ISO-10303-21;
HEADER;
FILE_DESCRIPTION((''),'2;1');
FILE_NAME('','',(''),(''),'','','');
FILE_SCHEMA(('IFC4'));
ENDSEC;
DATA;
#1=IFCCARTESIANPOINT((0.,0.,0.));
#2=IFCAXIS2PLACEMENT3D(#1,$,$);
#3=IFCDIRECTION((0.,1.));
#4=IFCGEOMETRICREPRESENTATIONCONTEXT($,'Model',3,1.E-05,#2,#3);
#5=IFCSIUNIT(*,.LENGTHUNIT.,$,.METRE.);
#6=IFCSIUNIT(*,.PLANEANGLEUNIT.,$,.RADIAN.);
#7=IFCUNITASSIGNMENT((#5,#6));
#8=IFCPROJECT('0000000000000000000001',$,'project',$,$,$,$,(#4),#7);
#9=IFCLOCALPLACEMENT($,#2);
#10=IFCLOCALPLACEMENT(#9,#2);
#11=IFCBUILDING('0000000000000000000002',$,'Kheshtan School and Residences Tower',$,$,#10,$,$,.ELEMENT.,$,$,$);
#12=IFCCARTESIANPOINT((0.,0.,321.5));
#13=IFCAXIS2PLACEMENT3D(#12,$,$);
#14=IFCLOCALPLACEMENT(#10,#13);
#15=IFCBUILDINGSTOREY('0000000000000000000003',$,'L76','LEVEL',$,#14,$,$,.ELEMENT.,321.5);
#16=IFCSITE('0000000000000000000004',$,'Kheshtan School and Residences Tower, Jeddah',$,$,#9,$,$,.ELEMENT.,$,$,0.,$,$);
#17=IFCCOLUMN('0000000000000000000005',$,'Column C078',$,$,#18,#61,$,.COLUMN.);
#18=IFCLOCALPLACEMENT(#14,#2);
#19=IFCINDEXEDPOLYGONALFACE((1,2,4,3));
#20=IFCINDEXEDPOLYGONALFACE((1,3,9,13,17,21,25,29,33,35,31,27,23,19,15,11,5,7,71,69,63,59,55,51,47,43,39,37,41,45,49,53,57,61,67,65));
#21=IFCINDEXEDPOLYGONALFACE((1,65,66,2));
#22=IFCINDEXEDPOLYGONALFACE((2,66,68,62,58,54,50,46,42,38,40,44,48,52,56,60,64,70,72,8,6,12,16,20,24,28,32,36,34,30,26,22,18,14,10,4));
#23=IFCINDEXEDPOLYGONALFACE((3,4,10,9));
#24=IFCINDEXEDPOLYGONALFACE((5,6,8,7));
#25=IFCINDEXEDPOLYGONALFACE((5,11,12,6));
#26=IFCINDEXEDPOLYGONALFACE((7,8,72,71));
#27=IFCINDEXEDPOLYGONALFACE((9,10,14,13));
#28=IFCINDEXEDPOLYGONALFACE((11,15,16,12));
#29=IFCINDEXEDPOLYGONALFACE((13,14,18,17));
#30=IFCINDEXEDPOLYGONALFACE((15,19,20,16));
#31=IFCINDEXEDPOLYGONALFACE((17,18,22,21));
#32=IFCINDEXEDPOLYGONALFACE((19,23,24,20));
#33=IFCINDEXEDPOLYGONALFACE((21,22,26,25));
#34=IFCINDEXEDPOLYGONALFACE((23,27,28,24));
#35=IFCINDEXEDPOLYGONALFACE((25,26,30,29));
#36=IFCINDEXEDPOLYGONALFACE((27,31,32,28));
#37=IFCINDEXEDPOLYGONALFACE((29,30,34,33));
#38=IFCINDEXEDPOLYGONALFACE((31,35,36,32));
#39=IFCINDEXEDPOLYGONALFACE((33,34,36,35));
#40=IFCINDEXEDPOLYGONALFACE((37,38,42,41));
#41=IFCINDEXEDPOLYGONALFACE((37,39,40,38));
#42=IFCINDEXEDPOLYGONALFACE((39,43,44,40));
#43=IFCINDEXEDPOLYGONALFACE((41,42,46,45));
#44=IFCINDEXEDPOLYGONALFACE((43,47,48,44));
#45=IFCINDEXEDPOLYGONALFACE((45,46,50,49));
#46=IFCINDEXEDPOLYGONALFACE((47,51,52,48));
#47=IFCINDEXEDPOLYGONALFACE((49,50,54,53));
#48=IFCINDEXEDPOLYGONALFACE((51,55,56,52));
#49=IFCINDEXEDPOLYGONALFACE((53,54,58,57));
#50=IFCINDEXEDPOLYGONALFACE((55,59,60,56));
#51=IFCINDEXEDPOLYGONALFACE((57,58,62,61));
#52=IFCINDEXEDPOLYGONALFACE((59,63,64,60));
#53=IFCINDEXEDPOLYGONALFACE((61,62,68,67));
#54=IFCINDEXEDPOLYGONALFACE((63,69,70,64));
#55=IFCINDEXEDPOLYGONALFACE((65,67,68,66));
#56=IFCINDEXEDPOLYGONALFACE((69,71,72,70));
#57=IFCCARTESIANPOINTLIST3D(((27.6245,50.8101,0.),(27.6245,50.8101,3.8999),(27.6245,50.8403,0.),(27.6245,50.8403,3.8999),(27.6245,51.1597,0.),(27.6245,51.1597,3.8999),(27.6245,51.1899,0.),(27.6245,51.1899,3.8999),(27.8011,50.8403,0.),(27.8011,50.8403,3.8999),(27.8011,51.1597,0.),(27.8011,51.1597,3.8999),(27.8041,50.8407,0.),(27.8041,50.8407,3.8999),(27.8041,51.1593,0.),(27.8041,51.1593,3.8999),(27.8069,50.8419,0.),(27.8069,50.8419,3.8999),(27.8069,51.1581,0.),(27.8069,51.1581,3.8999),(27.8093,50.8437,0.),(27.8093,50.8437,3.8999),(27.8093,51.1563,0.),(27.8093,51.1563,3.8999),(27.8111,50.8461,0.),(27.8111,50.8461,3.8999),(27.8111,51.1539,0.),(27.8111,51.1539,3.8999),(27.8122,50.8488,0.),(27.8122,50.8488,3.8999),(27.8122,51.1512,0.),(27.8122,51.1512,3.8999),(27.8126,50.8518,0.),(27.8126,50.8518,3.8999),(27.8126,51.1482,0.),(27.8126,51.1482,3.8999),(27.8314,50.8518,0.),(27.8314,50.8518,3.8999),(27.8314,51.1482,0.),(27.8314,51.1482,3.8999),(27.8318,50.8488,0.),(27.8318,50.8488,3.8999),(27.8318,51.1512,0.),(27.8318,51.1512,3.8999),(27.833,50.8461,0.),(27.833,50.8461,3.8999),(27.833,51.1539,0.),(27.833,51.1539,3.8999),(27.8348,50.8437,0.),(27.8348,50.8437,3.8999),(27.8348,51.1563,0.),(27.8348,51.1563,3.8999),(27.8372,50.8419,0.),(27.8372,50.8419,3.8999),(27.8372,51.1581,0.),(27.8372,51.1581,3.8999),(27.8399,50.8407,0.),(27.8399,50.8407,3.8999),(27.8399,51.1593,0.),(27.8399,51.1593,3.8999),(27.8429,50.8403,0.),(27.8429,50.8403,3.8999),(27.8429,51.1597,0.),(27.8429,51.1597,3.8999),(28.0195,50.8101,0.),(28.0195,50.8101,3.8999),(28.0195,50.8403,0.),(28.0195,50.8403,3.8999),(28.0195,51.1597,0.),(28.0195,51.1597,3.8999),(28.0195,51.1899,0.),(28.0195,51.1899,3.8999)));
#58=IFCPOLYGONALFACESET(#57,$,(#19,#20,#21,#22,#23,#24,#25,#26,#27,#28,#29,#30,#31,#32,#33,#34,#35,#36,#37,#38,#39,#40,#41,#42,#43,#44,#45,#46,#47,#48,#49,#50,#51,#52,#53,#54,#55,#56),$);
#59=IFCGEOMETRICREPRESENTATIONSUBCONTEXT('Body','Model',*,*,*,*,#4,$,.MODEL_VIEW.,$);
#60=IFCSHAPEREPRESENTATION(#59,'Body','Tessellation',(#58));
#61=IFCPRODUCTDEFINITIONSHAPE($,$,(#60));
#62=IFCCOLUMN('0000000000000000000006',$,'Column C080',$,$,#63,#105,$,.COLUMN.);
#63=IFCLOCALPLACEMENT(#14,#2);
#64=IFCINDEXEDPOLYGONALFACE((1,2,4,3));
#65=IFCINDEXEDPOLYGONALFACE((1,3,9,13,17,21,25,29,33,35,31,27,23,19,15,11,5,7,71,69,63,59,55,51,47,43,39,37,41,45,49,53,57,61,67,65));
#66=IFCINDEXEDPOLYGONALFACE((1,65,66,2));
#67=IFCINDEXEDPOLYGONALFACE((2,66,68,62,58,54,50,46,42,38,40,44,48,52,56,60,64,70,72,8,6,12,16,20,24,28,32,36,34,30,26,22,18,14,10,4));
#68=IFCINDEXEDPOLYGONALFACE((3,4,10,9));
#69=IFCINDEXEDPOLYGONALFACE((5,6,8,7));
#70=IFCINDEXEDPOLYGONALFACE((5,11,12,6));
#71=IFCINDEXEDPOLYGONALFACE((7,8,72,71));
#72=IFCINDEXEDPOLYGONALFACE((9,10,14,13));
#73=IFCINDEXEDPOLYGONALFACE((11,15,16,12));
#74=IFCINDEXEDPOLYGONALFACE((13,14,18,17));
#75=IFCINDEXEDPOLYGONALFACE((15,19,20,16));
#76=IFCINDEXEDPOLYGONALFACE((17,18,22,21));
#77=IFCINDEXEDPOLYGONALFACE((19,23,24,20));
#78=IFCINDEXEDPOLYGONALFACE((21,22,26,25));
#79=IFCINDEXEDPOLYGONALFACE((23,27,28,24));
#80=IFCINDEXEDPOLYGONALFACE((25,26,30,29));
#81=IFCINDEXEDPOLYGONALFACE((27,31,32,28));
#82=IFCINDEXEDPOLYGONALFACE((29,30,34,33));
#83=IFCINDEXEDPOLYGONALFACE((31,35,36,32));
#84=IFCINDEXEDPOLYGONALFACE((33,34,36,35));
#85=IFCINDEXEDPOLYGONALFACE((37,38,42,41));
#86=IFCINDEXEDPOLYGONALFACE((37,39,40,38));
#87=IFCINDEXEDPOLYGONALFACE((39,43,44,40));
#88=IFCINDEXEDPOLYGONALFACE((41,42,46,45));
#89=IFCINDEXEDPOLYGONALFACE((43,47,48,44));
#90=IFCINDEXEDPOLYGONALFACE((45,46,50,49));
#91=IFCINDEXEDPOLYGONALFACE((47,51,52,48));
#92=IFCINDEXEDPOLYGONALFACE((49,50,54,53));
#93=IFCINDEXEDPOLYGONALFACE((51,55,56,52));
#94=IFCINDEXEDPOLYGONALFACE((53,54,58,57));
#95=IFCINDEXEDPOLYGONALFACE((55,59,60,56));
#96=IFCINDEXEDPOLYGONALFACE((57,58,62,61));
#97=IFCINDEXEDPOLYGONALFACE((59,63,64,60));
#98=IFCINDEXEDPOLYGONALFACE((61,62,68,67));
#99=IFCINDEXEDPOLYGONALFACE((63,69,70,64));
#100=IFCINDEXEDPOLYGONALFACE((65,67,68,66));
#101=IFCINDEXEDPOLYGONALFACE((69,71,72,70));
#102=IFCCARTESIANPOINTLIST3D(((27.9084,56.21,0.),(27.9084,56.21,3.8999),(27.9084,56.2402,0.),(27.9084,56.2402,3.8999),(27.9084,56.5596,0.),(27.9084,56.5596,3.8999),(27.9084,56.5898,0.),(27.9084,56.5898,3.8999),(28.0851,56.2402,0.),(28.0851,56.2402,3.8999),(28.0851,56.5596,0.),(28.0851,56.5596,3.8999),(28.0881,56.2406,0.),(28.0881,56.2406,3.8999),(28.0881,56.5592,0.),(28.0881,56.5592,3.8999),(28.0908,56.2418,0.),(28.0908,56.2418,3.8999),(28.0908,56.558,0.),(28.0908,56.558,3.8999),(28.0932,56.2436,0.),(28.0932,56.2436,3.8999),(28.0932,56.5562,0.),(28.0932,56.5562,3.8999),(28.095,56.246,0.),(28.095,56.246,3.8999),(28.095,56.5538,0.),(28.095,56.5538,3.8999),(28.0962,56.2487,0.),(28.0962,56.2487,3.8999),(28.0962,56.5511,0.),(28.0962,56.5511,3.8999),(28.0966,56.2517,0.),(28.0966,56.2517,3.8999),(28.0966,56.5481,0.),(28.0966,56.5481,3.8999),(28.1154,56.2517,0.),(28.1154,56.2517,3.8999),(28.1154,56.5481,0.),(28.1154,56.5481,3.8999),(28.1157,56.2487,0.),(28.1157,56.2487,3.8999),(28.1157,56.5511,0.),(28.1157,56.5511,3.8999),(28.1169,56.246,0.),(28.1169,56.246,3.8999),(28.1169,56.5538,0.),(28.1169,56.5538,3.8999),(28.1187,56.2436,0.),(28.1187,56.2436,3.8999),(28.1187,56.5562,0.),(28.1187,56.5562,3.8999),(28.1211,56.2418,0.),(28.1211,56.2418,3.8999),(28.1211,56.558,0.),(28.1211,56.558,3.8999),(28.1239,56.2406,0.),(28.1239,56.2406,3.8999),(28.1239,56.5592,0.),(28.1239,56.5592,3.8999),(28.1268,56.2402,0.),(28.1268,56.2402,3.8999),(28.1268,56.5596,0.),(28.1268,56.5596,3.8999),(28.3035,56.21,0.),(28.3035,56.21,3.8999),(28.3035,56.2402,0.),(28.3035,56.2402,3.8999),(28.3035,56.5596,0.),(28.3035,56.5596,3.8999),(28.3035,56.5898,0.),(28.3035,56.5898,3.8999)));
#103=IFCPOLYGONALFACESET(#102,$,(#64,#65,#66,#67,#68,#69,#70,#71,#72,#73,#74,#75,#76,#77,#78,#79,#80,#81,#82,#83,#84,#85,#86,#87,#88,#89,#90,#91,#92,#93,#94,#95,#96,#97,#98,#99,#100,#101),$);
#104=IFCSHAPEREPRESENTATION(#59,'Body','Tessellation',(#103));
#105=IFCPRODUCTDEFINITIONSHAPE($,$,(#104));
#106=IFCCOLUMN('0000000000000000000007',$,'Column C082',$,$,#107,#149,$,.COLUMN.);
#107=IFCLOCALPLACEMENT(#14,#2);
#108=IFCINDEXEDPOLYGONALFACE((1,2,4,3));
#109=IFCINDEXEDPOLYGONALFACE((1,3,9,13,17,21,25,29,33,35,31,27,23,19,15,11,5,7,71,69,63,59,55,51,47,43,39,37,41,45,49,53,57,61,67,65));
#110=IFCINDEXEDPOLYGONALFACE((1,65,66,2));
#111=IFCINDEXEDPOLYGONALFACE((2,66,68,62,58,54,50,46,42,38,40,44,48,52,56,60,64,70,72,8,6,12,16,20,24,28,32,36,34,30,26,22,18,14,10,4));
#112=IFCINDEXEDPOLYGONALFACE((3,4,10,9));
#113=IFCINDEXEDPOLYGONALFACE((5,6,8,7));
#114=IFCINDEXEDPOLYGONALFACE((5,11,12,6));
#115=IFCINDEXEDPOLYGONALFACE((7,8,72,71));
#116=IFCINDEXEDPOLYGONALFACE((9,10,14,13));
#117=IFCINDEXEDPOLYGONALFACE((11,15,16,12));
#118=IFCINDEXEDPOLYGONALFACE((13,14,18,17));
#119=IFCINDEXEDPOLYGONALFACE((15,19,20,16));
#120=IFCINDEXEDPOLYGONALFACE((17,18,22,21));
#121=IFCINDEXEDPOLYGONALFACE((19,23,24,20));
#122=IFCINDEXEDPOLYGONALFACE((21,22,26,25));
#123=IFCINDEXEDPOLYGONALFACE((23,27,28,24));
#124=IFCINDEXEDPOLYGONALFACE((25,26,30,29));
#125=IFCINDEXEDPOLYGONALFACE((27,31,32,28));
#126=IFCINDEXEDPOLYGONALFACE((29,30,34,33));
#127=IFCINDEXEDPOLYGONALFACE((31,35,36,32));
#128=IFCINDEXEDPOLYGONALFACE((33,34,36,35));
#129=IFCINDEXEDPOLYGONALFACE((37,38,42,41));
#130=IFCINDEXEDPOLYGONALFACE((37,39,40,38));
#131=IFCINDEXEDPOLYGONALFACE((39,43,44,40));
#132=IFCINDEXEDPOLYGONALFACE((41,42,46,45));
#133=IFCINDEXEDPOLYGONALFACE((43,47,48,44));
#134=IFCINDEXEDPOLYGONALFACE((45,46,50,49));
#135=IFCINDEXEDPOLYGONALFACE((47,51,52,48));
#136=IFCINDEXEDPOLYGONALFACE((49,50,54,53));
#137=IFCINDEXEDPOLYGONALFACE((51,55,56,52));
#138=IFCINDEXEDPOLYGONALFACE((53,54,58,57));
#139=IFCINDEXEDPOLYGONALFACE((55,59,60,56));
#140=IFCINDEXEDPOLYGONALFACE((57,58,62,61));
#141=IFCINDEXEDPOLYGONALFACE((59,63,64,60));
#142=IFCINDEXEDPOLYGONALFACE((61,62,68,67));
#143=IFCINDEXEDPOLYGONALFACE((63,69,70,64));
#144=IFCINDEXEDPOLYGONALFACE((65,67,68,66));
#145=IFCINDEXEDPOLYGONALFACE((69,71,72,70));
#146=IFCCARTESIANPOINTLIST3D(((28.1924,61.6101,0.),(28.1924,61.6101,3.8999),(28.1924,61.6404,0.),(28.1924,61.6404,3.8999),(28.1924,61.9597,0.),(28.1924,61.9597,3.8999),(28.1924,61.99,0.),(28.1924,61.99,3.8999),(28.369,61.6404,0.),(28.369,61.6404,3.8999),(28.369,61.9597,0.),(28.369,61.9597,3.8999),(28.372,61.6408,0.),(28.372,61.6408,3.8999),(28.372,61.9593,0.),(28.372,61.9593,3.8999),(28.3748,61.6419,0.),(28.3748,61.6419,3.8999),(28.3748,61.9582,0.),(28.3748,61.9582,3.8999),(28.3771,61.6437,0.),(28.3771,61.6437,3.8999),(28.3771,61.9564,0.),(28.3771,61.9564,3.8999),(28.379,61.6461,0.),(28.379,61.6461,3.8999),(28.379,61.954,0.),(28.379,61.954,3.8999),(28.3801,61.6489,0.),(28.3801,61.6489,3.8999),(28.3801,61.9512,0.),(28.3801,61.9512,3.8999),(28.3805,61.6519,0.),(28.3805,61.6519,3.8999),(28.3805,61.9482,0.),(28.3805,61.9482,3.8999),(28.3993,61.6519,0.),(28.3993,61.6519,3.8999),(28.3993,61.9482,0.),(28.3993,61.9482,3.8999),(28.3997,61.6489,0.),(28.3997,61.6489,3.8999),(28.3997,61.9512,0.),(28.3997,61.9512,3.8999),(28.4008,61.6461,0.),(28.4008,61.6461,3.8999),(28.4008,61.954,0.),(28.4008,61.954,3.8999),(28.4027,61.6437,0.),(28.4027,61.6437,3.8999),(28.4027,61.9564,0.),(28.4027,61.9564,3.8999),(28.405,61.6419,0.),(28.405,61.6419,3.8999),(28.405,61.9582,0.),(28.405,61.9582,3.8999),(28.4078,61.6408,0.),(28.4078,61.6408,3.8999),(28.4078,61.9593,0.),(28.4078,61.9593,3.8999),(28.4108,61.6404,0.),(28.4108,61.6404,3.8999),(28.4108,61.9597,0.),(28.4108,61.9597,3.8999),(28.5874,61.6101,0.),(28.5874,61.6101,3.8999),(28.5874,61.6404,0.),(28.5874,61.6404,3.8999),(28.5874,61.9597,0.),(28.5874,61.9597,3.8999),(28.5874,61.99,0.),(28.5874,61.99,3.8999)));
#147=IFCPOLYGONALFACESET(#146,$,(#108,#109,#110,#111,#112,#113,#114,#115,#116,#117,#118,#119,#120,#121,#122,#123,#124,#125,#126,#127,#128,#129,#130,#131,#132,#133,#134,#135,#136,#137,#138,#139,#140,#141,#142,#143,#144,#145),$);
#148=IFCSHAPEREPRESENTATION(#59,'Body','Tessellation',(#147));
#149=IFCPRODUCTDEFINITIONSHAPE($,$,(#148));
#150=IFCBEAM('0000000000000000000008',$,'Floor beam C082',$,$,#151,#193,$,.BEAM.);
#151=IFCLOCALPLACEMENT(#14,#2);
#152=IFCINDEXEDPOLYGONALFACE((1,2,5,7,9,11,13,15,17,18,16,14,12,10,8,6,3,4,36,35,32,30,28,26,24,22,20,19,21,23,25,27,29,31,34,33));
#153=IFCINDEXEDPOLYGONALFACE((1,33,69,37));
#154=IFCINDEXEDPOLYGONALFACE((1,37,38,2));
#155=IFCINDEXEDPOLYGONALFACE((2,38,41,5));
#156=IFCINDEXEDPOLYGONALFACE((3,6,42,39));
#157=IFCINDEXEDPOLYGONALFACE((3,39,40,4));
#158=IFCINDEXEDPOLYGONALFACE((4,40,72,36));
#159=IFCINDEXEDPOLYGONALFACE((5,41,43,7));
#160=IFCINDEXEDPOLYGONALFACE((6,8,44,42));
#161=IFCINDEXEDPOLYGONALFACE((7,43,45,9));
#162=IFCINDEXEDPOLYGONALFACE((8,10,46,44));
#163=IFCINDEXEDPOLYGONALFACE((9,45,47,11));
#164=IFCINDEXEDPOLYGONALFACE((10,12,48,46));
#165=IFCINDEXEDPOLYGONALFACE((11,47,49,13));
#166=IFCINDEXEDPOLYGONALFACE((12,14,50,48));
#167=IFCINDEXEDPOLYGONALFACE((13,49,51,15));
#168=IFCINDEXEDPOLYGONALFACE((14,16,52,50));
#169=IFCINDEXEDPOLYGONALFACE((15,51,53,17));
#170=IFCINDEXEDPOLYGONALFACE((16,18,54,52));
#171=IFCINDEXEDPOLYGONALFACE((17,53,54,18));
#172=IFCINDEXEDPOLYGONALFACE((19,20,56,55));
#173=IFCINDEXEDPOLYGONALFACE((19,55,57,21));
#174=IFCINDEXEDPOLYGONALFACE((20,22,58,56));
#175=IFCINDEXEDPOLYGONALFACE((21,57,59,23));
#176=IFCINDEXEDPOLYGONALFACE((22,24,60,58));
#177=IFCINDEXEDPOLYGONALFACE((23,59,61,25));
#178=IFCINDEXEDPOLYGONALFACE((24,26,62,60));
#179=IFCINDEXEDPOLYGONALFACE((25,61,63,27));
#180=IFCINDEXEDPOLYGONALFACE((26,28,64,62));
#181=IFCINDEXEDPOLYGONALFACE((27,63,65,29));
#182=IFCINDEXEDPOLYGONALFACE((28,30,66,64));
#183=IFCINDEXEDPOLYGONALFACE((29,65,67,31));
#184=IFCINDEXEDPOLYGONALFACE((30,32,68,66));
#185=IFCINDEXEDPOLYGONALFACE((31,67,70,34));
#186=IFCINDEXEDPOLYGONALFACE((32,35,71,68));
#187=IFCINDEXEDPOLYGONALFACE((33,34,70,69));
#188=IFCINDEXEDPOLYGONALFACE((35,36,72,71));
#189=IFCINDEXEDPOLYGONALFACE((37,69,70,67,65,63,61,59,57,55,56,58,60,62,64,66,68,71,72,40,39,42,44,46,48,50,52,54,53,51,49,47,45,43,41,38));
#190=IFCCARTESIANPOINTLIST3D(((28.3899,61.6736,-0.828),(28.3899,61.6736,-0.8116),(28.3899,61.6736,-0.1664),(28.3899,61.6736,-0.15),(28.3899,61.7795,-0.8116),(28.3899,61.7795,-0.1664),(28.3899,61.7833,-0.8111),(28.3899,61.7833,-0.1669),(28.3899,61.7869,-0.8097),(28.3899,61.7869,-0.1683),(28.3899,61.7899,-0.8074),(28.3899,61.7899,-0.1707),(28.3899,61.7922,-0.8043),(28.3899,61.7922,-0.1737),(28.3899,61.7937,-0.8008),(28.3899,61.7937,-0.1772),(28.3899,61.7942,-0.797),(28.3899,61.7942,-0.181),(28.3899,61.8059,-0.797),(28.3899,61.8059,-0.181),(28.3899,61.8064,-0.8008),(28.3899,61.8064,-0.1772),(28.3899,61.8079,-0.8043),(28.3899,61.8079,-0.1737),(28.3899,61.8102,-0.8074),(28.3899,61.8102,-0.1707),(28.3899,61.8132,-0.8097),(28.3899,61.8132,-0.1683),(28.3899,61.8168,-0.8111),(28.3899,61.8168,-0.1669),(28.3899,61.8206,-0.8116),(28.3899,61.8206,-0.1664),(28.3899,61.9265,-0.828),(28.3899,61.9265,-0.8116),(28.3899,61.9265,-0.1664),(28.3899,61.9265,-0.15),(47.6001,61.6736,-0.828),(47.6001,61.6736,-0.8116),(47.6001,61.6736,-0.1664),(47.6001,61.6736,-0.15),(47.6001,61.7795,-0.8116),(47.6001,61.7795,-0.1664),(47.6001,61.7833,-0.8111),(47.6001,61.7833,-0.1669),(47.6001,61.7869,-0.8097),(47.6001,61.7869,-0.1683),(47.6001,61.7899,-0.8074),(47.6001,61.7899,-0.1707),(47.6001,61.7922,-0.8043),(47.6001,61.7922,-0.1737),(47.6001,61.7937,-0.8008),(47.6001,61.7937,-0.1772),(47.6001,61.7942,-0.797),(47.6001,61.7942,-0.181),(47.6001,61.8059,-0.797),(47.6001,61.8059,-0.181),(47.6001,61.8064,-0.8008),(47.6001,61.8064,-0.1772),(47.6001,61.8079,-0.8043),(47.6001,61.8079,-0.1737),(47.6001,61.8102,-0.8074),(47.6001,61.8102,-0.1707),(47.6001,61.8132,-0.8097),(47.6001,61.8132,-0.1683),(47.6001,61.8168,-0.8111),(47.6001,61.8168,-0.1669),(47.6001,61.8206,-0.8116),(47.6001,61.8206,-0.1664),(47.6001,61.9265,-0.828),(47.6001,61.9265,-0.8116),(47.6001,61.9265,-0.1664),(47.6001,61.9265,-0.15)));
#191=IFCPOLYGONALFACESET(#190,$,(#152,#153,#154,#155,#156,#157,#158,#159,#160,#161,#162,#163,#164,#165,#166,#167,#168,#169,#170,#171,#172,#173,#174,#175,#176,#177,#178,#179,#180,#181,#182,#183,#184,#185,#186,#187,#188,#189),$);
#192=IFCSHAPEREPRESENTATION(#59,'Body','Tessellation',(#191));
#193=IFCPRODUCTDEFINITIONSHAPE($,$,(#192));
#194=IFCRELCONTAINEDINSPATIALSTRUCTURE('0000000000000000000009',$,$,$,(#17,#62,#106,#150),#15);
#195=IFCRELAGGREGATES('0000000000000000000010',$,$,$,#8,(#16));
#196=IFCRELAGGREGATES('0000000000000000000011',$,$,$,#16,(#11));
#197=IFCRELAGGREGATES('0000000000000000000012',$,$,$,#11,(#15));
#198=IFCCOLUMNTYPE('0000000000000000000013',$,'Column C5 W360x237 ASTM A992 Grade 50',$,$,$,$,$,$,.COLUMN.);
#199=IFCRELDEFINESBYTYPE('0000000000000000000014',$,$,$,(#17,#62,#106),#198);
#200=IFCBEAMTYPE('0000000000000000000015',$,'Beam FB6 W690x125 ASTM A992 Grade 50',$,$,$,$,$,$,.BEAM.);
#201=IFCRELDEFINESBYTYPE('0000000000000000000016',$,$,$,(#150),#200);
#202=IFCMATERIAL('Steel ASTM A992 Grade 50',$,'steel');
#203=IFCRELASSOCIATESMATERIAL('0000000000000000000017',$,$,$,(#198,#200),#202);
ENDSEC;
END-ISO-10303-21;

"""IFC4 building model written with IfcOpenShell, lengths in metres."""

from ifc_helpers import new_model, si_unit, direction, frame, origin, origin_2d, place, context, subcontext, project, spatial, i_section, extrude, material, material_profile, profile_set, type_object, element, save


model = new_model("IFC4")

# Units and contexts
model_context = context("Model", 3, precision=1e-05, world=origin(), true_north=direction((0.0, 1.0)))
body_context = subcontext(model_context, "Body", "Model", "MODEL_VIEW")
ifc_project = project(units=[si_unit("LENGTHUNIT", "METRE"), si_unit("PLANEANGLEUNIT", "RADIAN")], contexts=[model_context])

# Site, building, storey
site_placement = place(None, origin())
site = spatial("IfcSite", under=ifc_project, at=site_placement, Name="Kheshtan School and Residences Tower, Jeddah", CompositionType="ELEMENT", RefElevation=0.0)
building_placement = place(site_placement, origin())
building = spatial("IfcBuilding", under=site, at=building_placement, Name="Kheshtan School and Residences Tower", CompositionType="ELEMENT")
storey_placement = place(building_placement, frame((0.0, 0.0, 321.5)))
storey = spatial("IfcBuildingStorey", under=building, at=storey_placement, Name="L76", Description="LEVEL", CompositionType="ELEMENT", Elevation=321.5)

# Columns
ifc_material_1 = material(Name="Steel ASTM A992 Grade 50", Category="steel")
ifc_material_profile_1 = material_profile(ifc_material_1, i_section(OverallWidth=0.395, OverallDepth=0.3799, WebThickness=0.0188, FlangeThickness=0.0303, FilletRadius=0.0115, at=origin_2d()), Name="W360x237")
ifc_profile_set_1 = profile_set([ifc_material_profile_1], Name="Steel ASTM A992 Grade 50")
column_type = type_object("IfcColumnType", Name="Column C5 W360x237 ASTM A992 Grade 50", PredefinedType="COLUMN", material=ifc_profile_set_1)
for number, where, z_axis, x_axis, name in (
    (1, (27.822, 51.0, 0.0), (0.0, 0.0, 1.0), (1.0, 0.0, 0.0), "Column C078"),
    (2, (28.106, 56.3999, 0.0), (0.0, 0.0, 1.0), (1.0, 0.0, 0.0), "Column C080"),
    (3, (28.3899, 61.8, 0.0), (0.0, 0.0, 1.0), (1.0, 0.0, 0.0), "Column C082"),
):
    element("IfcColumn", number, at=place(storey_placement, frame(where, z_axis=z_axis, x_axis=x_axis)), inside=storey, type_object=column_type, Name=name, PredefinedType="COLUMN", context=body_context, shape_type="SweptSolid", body=[
        extrude(i_section(OverallWidth=0.395, OverallDepth=0.3799, WebThickness=0.0188, FlangeThickness=0.0303, FilletRadius=0.0115, at=origin_2d()), origin(), (0.0, 0.0, 1.0), 3.8999),
    ])

# Beam
ifc_material_profile_2 = material_profile(ifc_material_1, i_section(OverallWidth=0.2529, OverallDepth=0.678, WebThickness=0.0117, FlangeThickness=0.0164, FilletRadius=0.0146, at=origin_2d()), Name="W690x125")
ifc_profile_set_2 = profile_set([ifc_material_profile_2], Name="Steel ASTM A992 Grade 50")
beam_type_1 = type_object("IfcBeamType", Name="Beam FB6 W690x125 ASTM A992 Grade 50", PredefinedType="BEAM", material=ifc_profile_set_2)
beam_1_placement = place(storey_placement, frame((28.3899, 61.8, -0.489), z_axis=(1.0, 0.0, 0.0), x_axis=(0.0, 1.0, 0.0)))
element("IfcBeam", 4, at=beam_1_placement, inside=storey, type_object=beam_type_1, Name="Floor beam C082", PredefinedType="BEAM", context=body_context, shape_type="SweptSolid", body=[
    extrude(i_section(OverallWidth=0.2529, OverallDepth=0.678, WebThickness=0.0117, FlangeThickness=0.0164, FilletRadius=0.0146, at=origin_2d()), origin(), (0.0, 0.0, 1.0), 19.2102),
])

save(model, "model.ifc")
